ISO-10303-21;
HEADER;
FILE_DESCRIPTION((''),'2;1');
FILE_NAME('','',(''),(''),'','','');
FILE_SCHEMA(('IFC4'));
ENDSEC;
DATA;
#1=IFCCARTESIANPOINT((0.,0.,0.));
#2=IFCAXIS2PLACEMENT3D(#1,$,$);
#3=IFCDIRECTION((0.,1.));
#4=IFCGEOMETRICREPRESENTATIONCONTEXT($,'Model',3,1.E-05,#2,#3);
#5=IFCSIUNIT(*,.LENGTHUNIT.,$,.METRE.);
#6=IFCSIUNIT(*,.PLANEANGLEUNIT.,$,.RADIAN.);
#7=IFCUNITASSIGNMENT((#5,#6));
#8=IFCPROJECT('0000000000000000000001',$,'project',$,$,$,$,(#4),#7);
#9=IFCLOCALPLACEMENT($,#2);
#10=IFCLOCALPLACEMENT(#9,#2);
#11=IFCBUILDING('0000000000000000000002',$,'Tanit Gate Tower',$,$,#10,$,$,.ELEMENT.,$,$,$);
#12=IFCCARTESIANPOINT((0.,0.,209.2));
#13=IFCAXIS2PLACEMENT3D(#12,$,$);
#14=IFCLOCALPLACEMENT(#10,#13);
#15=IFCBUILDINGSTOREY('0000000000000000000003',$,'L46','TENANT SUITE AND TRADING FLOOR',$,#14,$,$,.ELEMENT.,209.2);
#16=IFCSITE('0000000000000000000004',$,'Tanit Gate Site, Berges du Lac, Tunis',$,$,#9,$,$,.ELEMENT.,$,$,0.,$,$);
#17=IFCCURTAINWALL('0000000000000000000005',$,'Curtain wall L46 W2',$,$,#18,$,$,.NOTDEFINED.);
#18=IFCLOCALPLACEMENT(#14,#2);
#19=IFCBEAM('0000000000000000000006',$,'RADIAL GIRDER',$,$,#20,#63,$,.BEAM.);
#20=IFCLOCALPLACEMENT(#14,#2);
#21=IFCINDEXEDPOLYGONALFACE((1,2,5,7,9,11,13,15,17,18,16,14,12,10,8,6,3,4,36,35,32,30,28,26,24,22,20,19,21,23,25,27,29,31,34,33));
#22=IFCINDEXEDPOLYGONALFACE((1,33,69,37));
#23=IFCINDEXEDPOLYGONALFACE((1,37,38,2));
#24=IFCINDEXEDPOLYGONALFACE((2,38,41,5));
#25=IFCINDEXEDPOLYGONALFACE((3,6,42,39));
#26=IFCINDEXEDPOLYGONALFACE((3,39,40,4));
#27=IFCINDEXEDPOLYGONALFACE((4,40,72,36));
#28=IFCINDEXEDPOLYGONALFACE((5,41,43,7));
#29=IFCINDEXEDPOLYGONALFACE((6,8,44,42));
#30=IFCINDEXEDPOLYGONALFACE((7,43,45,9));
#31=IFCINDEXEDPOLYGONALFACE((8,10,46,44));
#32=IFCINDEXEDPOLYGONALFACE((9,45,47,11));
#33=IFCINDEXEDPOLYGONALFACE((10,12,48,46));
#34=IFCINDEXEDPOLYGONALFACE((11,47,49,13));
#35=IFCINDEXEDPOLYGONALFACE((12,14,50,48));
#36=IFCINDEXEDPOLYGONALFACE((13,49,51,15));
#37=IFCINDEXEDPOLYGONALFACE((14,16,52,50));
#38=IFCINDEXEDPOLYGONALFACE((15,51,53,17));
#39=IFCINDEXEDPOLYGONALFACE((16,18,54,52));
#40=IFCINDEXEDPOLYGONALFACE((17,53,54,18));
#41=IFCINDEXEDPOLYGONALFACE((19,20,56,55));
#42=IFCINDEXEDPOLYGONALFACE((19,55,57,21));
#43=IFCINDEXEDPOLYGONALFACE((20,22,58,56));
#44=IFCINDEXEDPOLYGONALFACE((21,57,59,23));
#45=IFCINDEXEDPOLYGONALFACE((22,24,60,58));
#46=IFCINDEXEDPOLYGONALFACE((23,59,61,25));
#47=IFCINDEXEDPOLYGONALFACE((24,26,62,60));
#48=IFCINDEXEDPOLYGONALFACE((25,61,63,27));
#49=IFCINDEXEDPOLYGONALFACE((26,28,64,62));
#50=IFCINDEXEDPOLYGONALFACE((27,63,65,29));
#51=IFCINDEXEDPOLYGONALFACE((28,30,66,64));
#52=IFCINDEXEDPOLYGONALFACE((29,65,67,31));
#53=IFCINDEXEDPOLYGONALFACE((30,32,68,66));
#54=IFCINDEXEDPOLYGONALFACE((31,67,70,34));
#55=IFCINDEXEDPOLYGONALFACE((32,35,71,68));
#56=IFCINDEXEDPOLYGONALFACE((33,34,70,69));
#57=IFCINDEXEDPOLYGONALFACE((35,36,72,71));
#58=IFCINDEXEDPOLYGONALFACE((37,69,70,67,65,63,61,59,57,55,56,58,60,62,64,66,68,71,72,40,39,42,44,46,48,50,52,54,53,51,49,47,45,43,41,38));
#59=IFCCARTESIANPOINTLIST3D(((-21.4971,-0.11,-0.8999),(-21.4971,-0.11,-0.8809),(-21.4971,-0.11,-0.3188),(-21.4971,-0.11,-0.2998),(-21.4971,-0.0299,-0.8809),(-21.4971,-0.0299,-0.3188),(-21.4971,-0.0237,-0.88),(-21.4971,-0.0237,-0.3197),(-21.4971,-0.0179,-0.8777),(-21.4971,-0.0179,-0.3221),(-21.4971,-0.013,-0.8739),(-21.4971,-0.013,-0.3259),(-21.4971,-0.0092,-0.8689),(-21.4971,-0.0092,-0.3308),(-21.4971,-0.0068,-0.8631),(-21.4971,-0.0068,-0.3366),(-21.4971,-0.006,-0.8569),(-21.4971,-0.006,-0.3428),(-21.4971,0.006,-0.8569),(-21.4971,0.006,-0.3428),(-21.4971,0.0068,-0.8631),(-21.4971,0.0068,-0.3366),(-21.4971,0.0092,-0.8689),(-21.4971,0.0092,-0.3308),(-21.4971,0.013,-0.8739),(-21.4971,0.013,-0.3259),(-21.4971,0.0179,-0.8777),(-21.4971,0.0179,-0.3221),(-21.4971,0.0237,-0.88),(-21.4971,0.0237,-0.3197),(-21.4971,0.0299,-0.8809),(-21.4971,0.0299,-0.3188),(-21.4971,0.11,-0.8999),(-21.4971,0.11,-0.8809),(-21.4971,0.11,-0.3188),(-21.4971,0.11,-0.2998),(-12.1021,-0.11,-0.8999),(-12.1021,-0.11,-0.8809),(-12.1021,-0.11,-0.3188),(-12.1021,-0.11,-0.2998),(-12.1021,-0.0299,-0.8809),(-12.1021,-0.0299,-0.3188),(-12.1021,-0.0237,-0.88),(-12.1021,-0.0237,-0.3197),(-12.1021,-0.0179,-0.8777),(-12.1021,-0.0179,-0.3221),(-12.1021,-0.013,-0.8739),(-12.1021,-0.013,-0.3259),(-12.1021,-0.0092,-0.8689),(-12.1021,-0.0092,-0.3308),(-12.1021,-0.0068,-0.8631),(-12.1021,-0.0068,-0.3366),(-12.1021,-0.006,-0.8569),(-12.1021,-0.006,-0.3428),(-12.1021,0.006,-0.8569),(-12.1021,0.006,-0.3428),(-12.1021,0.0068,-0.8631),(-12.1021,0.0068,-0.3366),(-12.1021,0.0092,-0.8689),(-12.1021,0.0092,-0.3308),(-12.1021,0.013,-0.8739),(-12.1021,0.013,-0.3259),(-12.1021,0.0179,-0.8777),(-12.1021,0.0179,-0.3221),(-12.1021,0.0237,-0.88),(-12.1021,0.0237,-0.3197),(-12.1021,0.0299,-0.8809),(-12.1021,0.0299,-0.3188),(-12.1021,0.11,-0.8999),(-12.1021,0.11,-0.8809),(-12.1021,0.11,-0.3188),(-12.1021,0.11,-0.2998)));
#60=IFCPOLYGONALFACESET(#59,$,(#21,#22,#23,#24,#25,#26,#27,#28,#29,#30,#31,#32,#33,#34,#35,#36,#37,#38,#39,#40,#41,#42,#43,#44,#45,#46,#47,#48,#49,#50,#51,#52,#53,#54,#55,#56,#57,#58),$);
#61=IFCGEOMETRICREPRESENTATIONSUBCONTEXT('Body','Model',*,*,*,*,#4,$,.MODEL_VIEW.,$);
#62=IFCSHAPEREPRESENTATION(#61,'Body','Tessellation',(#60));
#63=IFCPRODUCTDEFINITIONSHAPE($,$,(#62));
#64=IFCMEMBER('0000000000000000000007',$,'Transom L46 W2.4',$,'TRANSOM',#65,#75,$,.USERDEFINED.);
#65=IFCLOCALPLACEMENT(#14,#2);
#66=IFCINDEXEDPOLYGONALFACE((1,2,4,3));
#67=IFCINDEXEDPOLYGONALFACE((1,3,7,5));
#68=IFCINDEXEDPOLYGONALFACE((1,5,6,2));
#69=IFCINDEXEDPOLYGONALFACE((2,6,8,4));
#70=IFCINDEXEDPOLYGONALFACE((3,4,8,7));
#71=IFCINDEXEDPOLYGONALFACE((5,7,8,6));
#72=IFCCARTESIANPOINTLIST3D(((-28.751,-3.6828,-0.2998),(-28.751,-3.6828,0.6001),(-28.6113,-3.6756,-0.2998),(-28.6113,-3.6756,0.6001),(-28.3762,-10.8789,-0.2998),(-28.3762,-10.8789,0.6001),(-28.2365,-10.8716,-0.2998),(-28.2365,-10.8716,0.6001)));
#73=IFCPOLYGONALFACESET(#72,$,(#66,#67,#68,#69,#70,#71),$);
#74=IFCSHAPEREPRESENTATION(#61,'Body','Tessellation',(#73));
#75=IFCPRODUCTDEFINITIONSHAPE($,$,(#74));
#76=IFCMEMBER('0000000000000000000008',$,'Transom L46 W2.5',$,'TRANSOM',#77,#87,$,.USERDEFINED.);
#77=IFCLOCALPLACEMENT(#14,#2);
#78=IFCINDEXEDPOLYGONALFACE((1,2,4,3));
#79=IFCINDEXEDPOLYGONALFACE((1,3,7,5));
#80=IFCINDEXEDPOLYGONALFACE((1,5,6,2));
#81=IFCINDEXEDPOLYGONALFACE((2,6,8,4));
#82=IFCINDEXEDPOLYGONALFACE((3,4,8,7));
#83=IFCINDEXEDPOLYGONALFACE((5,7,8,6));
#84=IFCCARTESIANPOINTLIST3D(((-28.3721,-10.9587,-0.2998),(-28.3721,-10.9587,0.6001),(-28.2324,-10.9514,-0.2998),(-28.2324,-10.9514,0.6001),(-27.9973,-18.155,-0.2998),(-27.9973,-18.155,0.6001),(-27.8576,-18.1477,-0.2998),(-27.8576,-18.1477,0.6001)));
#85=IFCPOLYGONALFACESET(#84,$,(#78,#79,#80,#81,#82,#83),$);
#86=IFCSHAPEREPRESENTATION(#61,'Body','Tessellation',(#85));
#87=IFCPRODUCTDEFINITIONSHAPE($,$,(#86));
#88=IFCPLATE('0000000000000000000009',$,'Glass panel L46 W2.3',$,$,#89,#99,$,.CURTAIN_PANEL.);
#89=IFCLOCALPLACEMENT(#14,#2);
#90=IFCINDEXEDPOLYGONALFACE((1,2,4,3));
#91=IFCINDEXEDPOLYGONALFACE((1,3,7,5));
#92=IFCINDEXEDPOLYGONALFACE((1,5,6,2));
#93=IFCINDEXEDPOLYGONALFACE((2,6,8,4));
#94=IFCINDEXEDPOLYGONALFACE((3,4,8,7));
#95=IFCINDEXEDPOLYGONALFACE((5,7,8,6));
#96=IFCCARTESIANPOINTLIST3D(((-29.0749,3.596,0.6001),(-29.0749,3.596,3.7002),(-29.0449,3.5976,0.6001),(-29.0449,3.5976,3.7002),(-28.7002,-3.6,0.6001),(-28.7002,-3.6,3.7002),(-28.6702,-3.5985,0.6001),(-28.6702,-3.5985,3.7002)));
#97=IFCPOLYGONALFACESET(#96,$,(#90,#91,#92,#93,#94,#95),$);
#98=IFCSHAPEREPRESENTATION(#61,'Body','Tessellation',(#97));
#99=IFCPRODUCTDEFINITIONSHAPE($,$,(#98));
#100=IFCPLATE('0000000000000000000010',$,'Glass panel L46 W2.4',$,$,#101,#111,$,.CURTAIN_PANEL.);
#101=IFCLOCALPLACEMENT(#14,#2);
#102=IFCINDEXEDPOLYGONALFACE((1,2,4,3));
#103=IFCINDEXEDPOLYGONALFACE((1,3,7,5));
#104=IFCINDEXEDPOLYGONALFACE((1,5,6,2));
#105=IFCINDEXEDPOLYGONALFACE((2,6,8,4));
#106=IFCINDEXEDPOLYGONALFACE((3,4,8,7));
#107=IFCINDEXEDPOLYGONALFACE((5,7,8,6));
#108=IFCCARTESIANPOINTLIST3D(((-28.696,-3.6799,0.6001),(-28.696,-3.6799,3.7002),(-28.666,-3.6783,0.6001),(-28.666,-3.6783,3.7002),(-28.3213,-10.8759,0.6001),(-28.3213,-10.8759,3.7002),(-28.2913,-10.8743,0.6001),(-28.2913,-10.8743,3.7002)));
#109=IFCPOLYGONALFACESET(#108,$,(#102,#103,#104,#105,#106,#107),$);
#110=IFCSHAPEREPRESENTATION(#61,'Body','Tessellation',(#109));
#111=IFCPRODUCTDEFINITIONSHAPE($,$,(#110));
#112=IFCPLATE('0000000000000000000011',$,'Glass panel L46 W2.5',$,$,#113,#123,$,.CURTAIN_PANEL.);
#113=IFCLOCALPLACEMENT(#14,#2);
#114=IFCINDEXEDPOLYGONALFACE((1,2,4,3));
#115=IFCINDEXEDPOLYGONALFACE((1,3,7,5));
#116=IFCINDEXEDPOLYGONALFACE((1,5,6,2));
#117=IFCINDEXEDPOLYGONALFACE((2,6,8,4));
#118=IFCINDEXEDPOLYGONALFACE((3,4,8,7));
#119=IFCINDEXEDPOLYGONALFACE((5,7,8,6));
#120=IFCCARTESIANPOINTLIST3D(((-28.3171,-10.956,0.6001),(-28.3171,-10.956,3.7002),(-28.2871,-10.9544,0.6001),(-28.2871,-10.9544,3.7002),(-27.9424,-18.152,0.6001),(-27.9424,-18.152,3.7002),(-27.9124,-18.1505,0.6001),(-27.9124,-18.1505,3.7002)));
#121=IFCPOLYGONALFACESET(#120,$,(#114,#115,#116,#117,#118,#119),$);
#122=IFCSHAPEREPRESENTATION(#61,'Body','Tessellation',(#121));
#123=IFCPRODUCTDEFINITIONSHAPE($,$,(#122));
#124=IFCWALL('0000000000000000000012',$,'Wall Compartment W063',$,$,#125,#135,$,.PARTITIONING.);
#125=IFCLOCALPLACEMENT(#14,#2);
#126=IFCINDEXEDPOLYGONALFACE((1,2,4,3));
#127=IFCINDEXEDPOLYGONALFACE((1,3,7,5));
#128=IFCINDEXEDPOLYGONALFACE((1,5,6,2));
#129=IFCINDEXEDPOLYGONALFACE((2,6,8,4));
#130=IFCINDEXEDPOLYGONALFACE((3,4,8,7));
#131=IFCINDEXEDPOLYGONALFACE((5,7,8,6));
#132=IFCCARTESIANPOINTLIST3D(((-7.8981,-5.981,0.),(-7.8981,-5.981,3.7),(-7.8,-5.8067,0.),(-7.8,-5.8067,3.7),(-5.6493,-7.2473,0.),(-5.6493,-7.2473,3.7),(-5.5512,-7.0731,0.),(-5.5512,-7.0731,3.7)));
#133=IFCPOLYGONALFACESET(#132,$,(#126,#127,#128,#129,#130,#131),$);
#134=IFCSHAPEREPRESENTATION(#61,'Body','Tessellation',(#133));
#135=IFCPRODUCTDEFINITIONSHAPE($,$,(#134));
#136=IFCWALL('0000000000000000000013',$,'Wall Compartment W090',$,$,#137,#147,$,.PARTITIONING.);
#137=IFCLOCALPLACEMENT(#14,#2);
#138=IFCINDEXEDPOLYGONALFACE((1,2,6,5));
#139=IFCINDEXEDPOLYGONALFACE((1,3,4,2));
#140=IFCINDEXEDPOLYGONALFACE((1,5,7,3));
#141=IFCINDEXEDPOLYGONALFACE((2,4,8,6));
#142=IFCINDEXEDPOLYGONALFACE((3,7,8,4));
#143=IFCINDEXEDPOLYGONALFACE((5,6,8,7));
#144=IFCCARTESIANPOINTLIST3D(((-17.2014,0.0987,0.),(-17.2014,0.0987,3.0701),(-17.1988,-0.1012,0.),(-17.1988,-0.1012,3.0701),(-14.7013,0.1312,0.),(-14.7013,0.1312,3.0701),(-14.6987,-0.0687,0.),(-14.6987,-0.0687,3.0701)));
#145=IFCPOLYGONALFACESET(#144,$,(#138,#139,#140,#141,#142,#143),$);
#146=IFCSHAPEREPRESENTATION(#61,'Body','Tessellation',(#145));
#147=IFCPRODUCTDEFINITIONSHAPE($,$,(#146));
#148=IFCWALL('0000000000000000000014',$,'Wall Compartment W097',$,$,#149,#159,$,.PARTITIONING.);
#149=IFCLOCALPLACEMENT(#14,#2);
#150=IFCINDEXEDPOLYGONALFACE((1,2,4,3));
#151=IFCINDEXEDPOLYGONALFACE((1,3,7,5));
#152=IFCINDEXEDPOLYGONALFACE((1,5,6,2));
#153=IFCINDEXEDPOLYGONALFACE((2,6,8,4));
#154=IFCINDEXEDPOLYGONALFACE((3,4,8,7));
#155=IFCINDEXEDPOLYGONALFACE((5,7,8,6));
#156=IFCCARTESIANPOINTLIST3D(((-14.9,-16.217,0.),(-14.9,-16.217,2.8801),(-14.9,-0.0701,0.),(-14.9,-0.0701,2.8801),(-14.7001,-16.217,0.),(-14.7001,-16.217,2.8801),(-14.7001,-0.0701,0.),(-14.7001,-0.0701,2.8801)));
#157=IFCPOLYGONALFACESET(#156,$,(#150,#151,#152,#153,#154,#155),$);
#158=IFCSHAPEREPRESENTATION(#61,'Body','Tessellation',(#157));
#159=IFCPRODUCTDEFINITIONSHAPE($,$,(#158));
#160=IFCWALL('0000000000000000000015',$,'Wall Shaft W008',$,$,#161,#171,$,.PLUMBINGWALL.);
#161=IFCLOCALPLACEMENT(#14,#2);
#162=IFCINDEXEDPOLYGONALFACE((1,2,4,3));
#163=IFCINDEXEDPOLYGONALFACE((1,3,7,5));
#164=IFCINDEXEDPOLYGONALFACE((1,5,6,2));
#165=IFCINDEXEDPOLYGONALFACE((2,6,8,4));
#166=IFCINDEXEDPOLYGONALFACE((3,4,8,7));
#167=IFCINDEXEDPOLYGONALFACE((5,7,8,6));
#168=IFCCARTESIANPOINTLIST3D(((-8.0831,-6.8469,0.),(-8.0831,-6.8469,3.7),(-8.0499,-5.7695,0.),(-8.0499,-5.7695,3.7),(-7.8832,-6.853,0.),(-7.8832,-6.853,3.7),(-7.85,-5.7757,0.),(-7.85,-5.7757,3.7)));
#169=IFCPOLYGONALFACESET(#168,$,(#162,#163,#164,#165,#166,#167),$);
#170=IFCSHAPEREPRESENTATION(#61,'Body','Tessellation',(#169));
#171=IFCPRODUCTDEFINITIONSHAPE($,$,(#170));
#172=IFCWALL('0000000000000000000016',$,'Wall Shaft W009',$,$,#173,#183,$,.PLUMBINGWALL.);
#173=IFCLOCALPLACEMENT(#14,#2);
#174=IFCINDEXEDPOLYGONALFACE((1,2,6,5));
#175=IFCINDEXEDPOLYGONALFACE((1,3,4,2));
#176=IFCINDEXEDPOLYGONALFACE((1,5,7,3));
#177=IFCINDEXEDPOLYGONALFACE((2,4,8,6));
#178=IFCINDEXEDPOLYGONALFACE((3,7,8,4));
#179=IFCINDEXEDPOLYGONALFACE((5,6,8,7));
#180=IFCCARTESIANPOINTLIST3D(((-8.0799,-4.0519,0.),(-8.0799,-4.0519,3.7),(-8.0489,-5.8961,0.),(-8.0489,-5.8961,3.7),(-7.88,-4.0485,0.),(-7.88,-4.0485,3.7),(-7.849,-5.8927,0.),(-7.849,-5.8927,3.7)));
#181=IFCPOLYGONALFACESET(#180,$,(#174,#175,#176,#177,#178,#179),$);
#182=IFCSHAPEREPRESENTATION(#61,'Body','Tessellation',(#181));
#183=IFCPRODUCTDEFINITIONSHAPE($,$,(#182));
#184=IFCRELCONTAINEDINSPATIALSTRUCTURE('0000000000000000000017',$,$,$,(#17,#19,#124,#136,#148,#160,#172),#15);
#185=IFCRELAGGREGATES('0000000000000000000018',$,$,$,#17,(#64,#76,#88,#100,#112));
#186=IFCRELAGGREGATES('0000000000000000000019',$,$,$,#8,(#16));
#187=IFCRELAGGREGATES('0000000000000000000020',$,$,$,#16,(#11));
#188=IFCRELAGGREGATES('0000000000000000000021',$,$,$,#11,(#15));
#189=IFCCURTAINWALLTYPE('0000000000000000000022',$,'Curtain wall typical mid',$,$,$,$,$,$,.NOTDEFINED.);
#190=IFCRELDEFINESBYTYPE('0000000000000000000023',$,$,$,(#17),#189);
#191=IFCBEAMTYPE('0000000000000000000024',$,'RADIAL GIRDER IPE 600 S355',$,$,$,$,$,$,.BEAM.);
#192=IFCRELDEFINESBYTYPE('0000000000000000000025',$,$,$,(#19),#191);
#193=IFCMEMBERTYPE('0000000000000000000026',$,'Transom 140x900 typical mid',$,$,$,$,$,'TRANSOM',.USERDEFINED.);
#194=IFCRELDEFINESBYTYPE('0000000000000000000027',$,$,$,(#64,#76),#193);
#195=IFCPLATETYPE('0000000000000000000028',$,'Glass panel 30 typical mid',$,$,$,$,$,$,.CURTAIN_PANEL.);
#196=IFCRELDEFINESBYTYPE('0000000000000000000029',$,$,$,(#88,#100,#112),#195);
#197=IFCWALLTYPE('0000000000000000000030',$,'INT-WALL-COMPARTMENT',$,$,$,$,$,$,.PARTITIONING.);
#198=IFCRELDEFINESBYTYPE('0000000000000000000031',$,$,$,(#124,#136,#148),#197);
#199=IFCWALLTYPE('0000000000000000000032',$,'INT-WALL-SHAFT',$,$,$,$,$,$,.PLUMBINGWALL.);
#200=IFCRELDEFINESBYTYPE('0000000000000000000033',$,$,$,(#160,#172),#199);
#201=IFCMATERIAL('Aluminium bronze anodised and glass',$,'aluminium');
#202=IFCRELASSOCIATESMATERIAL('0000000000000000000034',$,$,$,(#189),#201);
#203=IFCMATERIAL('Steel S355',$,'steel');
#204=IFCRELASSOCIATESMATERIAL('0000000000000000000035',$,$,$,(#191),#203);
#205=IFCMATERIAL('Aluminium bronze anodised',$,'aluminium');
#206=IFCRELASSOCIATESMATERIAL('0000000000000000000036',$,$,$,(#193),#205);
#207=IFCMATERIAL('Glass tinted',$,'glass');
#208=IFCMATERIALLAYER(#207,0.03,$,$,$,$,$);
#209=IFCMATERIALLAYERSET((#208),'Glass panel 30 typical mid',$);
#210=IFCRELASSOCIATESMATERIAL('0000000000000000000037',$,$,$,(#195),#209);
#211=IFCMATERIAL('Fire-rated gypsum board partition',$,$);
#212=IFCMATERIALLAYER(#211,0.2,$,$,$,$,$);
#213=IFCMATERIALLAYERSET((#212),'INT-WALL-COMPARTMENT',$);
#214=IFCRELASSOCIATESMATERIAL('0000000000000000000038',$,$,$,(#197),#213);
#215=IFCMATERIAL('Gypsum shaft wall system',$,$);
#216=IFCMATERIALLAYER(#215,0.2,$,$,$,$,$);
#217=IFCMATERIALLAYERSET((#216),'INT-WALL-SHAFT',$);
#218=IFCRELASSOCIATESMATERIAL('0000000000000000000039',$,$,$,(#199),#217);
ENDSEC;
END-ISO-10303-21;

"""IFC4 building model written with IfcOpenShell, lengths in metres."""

from ifc_helpers import new_model, si_unit, direction, frame, frame_2d, origin, origin_2d, place, context, subcontext, project, spatial, rectangle, i_section, extrude, material, layer, layer_set, material_profile, profile_set, type_object, element, aggregate, save


model = new_model("IFC4")

# Units and contexts
model_context = context("Model", 3, precision=1e-05, world=origin(), true_north=direction((0.0, 1.0)))
body_context = subcontext(model_context, "Body", "Model", "MODEL_VIEW")
ifc_project = project(units=[si_unit("LENGTHUNIT", "METRE"), si_unit("PLANEANGLEUNIT", "RADIAN")], contexts=[model_context])

# Site, building, storey
site_placement = place(None, origin())
site = spatial("IfcSite", under=ifc_project, at=site_placement, Name="Tanit Gate Site, Berges du Lac, Tunis", CompositionType="ELEMENT", RefElevation=0.0)
building_placement = place(site_placement, origin())
building = spatial("IfcBuilding", under=site, at=building_placement, Name="Tanit Gate Tower", CompositionType="ELEMENT")
storey_placement = place(building_placement, frame((0.0, 0.0, 209.2)))
storey = spatial("IfcBuildingStorey", under=building, at=storey_placement, Name="L46", Description="TENANT SUITE AND TRADING FLOOR", CompositionType="ELEMENT", Elevation=209.2)

# Curtain wall
ifc_material_1 = material(Name="Aluminium bronze anodised and glass", Category="aluminium")
curtain_wall_type = type_object("IfcCurtainWallType", Name="Curtain wall typical mid", PredefinedType="NOTDEFINED", material=ifc_material_1)
curtain_wall_placement = place(storey_placement, origin())
curtain_wall = element("IfcCurtainWall", 1, at=curtain_wall_placement, inside=storey, type_object=curtain_wall_type, Name="Curtain wall L46 W2", PredefinedType="NOTDEFINED")

# Beam
ifc_material_2 = material(Name="Steel S355", Category="steel")
ifc_material_profile_1 = material_profile(ifc_material_2, i_section(OverallWidth=0.22, OverallDepth=0.6001, WebThickness=0.012, FlangeThickness=0.019, FilletRadius=0.0239, at=origin_2d()), Name="IPE 600")
ifc_profile_set_1 = profile_set([ifc_material_profile_1], Name="Steel S355")
beam_type_1 = type_object("IfcBeamType", Name="RADIAL GIRDER IPE 600 S355", PredefinedType="BEAM", material=ifc_profile_set_1)
beam_1_placement = place(storey_placement, frame((-21.4971, 0.0, -0.5999), z_axis=(1.0, 0.0, 0.0), x_axis=(0.0, 1.0, 0.0)))
element("IfcBeam", 2, at=beam_1_placement, inside=storey, type_object=beam_type_1, Name="RADIAL GIRDER", PredefinedType="BEAM", context=body_context, shape_type="SweptSolid", body=[
    extrude(i_section(OverallWidth=0.22, OverallDepth=0.6001, WebThickness=0.012, FlangeThickness=0.019, FilletRadius=0.0239, at=origin_2d()), origin(), (0.0, 0.0, 1.0), 9.395),
])

# Members
ifc_material_3 = material(Name="Aluminium bronze anodised", Category="aluminium")
ifc_material_profile_2 = material_profile(ifc_material_3, rectangle(XDim=0.1399, YDim=0.8999, at=origin_2d()), Name="140x900 bronze transom")
ifc_profile_set_2 = profile_set([ifc_material_profile_2], Name="Aluminium bronze anodised")
member_type_1 = type_object("IfcMemberType", Name="Transom 140x900 typical mid", ElementType="TRANSOM", PredefinedType="USERDEFINED", material=ifc_profile_set_2)
member_1_placement = place(storey_placement, frame((-28.6812, -3.6792, 0.1501), z_axis=(0.052008, -0.998647, 0.0), x_axis=(0.998647, 0.052008, 0.0)))
member_1 = element("IfcMember", 3, at=member_1_placement, type_object=member_type_1, Name="Transom L46 W2.4", ObjectType="TRANSOM", PredefinedType="USERDEFINED", context=body_context, shape_type="SweptSolid", body=[
    extrude(rectangle(XDim=0.1399, YDim=0.8999, at=origin_2d()), origin(), (0.0, 0.0, 1.0), 7.2058),
])
member_2_placement = place(storey_placement, frame((-28.3022, -10.9551, 0.1501), z_axis=(0.052006, -0.998647, 0.0), x_axis=(0.998647, 0.052006, 0.0)))
member_2 = element("IfcMember", 4, at=member_2_placement, type_object=member_type_1, Name="Transom L46 W2.5", ObjectType="TRANSOM", PredefinedType="USERDEFINED", context=body_context, shape_type="SweptSolid", body=[
    extrude(rectangle(XDim=0.1399, YDim=0.8999, at=origin_2d()), origin(), (0.0, 0.0, 1.0), 7.2061),
])

# Plates
ifc_material_4 = material(Name="Glass tinted", Category="glass")
ifc_layer_1 = layer(ifc_material_4, 0.03)
ifc_layer_set_1 = layer_set([ifc_layer_1], Name="Glass panel 30 typical mid")
plate_type = type_object("IfcPlateType", Name="Glass panel 30 typical mid", PredefinedType="CURTAIN_PANEL", material=ifc_layer_set_1)
plate_1_placement = place(storey_placement, frame((-28.8726, -0.0012, 0.6001), z_axis=(0.0, 0.0, 1.0), x_axis=(0.052003, -0.998647, 0.0)))
plate_1 = element("IfcPlate", 5, at=plate_1_placement, type_object=plate_type, Name="Glass panel L46 W2.3", PredefinedType="CURTAIN_PANEL", context=body_context, shape_type="SweptSolid", body=[
    extrude(rectangle(XDim=7.2058, YDim=0.03, at=origin_2d()), origin(), (0.0, 0.0, 1.0), 3.1001),
])
plate_2_placement = place(storey_placement, frame((-28.4937, -7.2771, 0.6001), z_axis=(0.0, 0.0, 1.0), x_axis=(0.052003, -0.998647, 0.0)))
plate_2 = element("IfcPlate", 6, at=plate_2_placement, type_object=plate_type, Name="Glass panel L46 W2.4", PredefinedType="CURTAIN_PANEL", context=body_context, shape_type="SweptSolid", body=[
    extrude(rectangle(XDim=7.2058, YDim=0.03, at=origin_2d()), origin(), (0.0, 0.0, 1.0), 3.1001),
])
plate_3_placement = place(storey_placement, frame((-28.1147, -14.5532, 0.6001), z_axis=(0.0, 0.0, 1.0), x_axis=(0.052003, -0.998647, 0.0)))
plate_3 = element("IfcPlate", 7, at=plate_3_placement, type_object=plate_type, Name="Glass panel L46 W2.5", PredefinedType="CURTAIN_PANEL", context=body_context, shape_type="SweptSolid", body=[
    extrude(rectangle(XDim=7.2058, YDim=0.03, at=origin_2d()), origin(), (0.0, 0.0, 1.0), 3.1001),
])
aggregate(curtain_wall, [member_1, member_2, plate_1, plate_2, plate_3])

# Walls
ifc_material_5 = material(Name="Fire-rated gypsum board partition")
ifc_layer_2 = layer(ifc_material_5, 0.2)
ifc_layer_set_2 = layer_set([ifc_layer_2], Name="INT-WALL-COMPARTMENT")
wall_type_1 = type_object("IfcWallType", Name="INT-WALL-COMPARTMENT", PredefinedType="PARTITIONING", material=ifc_layer_set_2)
wall_1_placement = place(storey_placement, frame((-7.8491, -5.8938, 0.0), z_axis=(0.0, 0.0, 1.0), x_axis=(0.87134, -0.490679, 0.0)))
element("IfcWall", 8, at=wall_1_placement, inside=storey, type_object=wall_type_1, Name="Wall Compartment W063", PredefinedType="PARTITIONING", context=body_context, shape_type="SweptSolid", body=[
    extrude(rectangle(XDim=2.5808, YDim=0.2, at=frame_2d((1.2905, 0.0))), origin(), (0.0, 0.0, 1.0), 3.7),
])
wall_2_placement = place(storey_placement, frame((-17.2, -0.0012, 0.0), z_axis=(0.0, 0.0, 1.0), x_axis=(0.999916, 0.012987, 0.0)))
element("IfcWall", 9, at=wall_2_placement, inside=storey, type_object=wall_type_1, Name="Wall Compartment W090", PredefinedType="PARTITIONING", context=body_context, shape_type="SweptSolid", body=[
    extrude(rectangle(XDim=2.5002, YDim=0.2, at=frame_2d((1.25, 0.0))), origin(), (0.0, 0.0, 1.0), 3.0701),
])
wall_3_placement = place(storey_placement, frame((-14.8, -0.0701, 0.0), z_axis=(0.0, 0.0, 1.0), x_axis=(0.0, -1.0, 0.0)))
element("IfcWall", 10, at=wall_3_placement, inside=storey, type_object=wall_type_1, Name="Wall Compartment W097", PredefinedType="PARTITIONING", context=body_context, shape_type="SweptSolid", body=[
    extrude(rectangle(XDim=16.147, YDim=0.2, at=frame_2d((8.0735, 0.0))), origin(), (0.0, 0.0, 1.0), 2.8801),
])
ifc_material_6 = material(Name="Gypsum shaft wall system")
ifc_layer_3 = layer(ifc_material_6, 0.2)
ifc_layer_set_3 = layer_set([ifc_layer_3], Name="INT-WALL-SHAFT")
wall_type_2 = type_object("IfcWallType", Name="INT-WALL-SHAFT", PredefinedType="PLUMBINGWALL", material=ifc_layer_set_3)
wall_4_placement = place(storey_placement, frame((-7.95, -5.7725, 0.0), z_axis=(0.0, 0.0, 1.0), x_axis=(-0.030803, -0.999525, 0.0)))
element("IfcWall", 11, at=wall_4_placement, inside=storey, type_object=wall_type_2, Name="Wall Shaft W008", PredefinedType="PLUMBINGWALL", context=body_context, shape_type="SweptSolid", body=[
    extrude(rectangle(XDim=1.0779, YDim=0.2, at=frame_2d((0.5391, 0.0))), origin(), (0.0, 0.0, 1.0), 3.7),
])
wall_5_placement = place(storey_placement, frame((-7.98, -4.05, 0.0), z_axis=(0.0, 0.0, 1.0), x_axis=(0.01681, -0.999859, 0.0)))
element("IfcWall", 12, at=wall_5_placement, inside=storey, type_object=wall_type_2, Name="Wall Shaft W009", PredefinedType="PLUMBINGWALL", context=body_context, shape_type="SweptSolid", body=[
    extrude(rectangle(XDim=1.8445, YDim=0.2, at=frame_2d((0.9224, 0.0))), origin(), (0.0, 0.0, 1.0), 3.7),
])

save(model, "model.ifc")
